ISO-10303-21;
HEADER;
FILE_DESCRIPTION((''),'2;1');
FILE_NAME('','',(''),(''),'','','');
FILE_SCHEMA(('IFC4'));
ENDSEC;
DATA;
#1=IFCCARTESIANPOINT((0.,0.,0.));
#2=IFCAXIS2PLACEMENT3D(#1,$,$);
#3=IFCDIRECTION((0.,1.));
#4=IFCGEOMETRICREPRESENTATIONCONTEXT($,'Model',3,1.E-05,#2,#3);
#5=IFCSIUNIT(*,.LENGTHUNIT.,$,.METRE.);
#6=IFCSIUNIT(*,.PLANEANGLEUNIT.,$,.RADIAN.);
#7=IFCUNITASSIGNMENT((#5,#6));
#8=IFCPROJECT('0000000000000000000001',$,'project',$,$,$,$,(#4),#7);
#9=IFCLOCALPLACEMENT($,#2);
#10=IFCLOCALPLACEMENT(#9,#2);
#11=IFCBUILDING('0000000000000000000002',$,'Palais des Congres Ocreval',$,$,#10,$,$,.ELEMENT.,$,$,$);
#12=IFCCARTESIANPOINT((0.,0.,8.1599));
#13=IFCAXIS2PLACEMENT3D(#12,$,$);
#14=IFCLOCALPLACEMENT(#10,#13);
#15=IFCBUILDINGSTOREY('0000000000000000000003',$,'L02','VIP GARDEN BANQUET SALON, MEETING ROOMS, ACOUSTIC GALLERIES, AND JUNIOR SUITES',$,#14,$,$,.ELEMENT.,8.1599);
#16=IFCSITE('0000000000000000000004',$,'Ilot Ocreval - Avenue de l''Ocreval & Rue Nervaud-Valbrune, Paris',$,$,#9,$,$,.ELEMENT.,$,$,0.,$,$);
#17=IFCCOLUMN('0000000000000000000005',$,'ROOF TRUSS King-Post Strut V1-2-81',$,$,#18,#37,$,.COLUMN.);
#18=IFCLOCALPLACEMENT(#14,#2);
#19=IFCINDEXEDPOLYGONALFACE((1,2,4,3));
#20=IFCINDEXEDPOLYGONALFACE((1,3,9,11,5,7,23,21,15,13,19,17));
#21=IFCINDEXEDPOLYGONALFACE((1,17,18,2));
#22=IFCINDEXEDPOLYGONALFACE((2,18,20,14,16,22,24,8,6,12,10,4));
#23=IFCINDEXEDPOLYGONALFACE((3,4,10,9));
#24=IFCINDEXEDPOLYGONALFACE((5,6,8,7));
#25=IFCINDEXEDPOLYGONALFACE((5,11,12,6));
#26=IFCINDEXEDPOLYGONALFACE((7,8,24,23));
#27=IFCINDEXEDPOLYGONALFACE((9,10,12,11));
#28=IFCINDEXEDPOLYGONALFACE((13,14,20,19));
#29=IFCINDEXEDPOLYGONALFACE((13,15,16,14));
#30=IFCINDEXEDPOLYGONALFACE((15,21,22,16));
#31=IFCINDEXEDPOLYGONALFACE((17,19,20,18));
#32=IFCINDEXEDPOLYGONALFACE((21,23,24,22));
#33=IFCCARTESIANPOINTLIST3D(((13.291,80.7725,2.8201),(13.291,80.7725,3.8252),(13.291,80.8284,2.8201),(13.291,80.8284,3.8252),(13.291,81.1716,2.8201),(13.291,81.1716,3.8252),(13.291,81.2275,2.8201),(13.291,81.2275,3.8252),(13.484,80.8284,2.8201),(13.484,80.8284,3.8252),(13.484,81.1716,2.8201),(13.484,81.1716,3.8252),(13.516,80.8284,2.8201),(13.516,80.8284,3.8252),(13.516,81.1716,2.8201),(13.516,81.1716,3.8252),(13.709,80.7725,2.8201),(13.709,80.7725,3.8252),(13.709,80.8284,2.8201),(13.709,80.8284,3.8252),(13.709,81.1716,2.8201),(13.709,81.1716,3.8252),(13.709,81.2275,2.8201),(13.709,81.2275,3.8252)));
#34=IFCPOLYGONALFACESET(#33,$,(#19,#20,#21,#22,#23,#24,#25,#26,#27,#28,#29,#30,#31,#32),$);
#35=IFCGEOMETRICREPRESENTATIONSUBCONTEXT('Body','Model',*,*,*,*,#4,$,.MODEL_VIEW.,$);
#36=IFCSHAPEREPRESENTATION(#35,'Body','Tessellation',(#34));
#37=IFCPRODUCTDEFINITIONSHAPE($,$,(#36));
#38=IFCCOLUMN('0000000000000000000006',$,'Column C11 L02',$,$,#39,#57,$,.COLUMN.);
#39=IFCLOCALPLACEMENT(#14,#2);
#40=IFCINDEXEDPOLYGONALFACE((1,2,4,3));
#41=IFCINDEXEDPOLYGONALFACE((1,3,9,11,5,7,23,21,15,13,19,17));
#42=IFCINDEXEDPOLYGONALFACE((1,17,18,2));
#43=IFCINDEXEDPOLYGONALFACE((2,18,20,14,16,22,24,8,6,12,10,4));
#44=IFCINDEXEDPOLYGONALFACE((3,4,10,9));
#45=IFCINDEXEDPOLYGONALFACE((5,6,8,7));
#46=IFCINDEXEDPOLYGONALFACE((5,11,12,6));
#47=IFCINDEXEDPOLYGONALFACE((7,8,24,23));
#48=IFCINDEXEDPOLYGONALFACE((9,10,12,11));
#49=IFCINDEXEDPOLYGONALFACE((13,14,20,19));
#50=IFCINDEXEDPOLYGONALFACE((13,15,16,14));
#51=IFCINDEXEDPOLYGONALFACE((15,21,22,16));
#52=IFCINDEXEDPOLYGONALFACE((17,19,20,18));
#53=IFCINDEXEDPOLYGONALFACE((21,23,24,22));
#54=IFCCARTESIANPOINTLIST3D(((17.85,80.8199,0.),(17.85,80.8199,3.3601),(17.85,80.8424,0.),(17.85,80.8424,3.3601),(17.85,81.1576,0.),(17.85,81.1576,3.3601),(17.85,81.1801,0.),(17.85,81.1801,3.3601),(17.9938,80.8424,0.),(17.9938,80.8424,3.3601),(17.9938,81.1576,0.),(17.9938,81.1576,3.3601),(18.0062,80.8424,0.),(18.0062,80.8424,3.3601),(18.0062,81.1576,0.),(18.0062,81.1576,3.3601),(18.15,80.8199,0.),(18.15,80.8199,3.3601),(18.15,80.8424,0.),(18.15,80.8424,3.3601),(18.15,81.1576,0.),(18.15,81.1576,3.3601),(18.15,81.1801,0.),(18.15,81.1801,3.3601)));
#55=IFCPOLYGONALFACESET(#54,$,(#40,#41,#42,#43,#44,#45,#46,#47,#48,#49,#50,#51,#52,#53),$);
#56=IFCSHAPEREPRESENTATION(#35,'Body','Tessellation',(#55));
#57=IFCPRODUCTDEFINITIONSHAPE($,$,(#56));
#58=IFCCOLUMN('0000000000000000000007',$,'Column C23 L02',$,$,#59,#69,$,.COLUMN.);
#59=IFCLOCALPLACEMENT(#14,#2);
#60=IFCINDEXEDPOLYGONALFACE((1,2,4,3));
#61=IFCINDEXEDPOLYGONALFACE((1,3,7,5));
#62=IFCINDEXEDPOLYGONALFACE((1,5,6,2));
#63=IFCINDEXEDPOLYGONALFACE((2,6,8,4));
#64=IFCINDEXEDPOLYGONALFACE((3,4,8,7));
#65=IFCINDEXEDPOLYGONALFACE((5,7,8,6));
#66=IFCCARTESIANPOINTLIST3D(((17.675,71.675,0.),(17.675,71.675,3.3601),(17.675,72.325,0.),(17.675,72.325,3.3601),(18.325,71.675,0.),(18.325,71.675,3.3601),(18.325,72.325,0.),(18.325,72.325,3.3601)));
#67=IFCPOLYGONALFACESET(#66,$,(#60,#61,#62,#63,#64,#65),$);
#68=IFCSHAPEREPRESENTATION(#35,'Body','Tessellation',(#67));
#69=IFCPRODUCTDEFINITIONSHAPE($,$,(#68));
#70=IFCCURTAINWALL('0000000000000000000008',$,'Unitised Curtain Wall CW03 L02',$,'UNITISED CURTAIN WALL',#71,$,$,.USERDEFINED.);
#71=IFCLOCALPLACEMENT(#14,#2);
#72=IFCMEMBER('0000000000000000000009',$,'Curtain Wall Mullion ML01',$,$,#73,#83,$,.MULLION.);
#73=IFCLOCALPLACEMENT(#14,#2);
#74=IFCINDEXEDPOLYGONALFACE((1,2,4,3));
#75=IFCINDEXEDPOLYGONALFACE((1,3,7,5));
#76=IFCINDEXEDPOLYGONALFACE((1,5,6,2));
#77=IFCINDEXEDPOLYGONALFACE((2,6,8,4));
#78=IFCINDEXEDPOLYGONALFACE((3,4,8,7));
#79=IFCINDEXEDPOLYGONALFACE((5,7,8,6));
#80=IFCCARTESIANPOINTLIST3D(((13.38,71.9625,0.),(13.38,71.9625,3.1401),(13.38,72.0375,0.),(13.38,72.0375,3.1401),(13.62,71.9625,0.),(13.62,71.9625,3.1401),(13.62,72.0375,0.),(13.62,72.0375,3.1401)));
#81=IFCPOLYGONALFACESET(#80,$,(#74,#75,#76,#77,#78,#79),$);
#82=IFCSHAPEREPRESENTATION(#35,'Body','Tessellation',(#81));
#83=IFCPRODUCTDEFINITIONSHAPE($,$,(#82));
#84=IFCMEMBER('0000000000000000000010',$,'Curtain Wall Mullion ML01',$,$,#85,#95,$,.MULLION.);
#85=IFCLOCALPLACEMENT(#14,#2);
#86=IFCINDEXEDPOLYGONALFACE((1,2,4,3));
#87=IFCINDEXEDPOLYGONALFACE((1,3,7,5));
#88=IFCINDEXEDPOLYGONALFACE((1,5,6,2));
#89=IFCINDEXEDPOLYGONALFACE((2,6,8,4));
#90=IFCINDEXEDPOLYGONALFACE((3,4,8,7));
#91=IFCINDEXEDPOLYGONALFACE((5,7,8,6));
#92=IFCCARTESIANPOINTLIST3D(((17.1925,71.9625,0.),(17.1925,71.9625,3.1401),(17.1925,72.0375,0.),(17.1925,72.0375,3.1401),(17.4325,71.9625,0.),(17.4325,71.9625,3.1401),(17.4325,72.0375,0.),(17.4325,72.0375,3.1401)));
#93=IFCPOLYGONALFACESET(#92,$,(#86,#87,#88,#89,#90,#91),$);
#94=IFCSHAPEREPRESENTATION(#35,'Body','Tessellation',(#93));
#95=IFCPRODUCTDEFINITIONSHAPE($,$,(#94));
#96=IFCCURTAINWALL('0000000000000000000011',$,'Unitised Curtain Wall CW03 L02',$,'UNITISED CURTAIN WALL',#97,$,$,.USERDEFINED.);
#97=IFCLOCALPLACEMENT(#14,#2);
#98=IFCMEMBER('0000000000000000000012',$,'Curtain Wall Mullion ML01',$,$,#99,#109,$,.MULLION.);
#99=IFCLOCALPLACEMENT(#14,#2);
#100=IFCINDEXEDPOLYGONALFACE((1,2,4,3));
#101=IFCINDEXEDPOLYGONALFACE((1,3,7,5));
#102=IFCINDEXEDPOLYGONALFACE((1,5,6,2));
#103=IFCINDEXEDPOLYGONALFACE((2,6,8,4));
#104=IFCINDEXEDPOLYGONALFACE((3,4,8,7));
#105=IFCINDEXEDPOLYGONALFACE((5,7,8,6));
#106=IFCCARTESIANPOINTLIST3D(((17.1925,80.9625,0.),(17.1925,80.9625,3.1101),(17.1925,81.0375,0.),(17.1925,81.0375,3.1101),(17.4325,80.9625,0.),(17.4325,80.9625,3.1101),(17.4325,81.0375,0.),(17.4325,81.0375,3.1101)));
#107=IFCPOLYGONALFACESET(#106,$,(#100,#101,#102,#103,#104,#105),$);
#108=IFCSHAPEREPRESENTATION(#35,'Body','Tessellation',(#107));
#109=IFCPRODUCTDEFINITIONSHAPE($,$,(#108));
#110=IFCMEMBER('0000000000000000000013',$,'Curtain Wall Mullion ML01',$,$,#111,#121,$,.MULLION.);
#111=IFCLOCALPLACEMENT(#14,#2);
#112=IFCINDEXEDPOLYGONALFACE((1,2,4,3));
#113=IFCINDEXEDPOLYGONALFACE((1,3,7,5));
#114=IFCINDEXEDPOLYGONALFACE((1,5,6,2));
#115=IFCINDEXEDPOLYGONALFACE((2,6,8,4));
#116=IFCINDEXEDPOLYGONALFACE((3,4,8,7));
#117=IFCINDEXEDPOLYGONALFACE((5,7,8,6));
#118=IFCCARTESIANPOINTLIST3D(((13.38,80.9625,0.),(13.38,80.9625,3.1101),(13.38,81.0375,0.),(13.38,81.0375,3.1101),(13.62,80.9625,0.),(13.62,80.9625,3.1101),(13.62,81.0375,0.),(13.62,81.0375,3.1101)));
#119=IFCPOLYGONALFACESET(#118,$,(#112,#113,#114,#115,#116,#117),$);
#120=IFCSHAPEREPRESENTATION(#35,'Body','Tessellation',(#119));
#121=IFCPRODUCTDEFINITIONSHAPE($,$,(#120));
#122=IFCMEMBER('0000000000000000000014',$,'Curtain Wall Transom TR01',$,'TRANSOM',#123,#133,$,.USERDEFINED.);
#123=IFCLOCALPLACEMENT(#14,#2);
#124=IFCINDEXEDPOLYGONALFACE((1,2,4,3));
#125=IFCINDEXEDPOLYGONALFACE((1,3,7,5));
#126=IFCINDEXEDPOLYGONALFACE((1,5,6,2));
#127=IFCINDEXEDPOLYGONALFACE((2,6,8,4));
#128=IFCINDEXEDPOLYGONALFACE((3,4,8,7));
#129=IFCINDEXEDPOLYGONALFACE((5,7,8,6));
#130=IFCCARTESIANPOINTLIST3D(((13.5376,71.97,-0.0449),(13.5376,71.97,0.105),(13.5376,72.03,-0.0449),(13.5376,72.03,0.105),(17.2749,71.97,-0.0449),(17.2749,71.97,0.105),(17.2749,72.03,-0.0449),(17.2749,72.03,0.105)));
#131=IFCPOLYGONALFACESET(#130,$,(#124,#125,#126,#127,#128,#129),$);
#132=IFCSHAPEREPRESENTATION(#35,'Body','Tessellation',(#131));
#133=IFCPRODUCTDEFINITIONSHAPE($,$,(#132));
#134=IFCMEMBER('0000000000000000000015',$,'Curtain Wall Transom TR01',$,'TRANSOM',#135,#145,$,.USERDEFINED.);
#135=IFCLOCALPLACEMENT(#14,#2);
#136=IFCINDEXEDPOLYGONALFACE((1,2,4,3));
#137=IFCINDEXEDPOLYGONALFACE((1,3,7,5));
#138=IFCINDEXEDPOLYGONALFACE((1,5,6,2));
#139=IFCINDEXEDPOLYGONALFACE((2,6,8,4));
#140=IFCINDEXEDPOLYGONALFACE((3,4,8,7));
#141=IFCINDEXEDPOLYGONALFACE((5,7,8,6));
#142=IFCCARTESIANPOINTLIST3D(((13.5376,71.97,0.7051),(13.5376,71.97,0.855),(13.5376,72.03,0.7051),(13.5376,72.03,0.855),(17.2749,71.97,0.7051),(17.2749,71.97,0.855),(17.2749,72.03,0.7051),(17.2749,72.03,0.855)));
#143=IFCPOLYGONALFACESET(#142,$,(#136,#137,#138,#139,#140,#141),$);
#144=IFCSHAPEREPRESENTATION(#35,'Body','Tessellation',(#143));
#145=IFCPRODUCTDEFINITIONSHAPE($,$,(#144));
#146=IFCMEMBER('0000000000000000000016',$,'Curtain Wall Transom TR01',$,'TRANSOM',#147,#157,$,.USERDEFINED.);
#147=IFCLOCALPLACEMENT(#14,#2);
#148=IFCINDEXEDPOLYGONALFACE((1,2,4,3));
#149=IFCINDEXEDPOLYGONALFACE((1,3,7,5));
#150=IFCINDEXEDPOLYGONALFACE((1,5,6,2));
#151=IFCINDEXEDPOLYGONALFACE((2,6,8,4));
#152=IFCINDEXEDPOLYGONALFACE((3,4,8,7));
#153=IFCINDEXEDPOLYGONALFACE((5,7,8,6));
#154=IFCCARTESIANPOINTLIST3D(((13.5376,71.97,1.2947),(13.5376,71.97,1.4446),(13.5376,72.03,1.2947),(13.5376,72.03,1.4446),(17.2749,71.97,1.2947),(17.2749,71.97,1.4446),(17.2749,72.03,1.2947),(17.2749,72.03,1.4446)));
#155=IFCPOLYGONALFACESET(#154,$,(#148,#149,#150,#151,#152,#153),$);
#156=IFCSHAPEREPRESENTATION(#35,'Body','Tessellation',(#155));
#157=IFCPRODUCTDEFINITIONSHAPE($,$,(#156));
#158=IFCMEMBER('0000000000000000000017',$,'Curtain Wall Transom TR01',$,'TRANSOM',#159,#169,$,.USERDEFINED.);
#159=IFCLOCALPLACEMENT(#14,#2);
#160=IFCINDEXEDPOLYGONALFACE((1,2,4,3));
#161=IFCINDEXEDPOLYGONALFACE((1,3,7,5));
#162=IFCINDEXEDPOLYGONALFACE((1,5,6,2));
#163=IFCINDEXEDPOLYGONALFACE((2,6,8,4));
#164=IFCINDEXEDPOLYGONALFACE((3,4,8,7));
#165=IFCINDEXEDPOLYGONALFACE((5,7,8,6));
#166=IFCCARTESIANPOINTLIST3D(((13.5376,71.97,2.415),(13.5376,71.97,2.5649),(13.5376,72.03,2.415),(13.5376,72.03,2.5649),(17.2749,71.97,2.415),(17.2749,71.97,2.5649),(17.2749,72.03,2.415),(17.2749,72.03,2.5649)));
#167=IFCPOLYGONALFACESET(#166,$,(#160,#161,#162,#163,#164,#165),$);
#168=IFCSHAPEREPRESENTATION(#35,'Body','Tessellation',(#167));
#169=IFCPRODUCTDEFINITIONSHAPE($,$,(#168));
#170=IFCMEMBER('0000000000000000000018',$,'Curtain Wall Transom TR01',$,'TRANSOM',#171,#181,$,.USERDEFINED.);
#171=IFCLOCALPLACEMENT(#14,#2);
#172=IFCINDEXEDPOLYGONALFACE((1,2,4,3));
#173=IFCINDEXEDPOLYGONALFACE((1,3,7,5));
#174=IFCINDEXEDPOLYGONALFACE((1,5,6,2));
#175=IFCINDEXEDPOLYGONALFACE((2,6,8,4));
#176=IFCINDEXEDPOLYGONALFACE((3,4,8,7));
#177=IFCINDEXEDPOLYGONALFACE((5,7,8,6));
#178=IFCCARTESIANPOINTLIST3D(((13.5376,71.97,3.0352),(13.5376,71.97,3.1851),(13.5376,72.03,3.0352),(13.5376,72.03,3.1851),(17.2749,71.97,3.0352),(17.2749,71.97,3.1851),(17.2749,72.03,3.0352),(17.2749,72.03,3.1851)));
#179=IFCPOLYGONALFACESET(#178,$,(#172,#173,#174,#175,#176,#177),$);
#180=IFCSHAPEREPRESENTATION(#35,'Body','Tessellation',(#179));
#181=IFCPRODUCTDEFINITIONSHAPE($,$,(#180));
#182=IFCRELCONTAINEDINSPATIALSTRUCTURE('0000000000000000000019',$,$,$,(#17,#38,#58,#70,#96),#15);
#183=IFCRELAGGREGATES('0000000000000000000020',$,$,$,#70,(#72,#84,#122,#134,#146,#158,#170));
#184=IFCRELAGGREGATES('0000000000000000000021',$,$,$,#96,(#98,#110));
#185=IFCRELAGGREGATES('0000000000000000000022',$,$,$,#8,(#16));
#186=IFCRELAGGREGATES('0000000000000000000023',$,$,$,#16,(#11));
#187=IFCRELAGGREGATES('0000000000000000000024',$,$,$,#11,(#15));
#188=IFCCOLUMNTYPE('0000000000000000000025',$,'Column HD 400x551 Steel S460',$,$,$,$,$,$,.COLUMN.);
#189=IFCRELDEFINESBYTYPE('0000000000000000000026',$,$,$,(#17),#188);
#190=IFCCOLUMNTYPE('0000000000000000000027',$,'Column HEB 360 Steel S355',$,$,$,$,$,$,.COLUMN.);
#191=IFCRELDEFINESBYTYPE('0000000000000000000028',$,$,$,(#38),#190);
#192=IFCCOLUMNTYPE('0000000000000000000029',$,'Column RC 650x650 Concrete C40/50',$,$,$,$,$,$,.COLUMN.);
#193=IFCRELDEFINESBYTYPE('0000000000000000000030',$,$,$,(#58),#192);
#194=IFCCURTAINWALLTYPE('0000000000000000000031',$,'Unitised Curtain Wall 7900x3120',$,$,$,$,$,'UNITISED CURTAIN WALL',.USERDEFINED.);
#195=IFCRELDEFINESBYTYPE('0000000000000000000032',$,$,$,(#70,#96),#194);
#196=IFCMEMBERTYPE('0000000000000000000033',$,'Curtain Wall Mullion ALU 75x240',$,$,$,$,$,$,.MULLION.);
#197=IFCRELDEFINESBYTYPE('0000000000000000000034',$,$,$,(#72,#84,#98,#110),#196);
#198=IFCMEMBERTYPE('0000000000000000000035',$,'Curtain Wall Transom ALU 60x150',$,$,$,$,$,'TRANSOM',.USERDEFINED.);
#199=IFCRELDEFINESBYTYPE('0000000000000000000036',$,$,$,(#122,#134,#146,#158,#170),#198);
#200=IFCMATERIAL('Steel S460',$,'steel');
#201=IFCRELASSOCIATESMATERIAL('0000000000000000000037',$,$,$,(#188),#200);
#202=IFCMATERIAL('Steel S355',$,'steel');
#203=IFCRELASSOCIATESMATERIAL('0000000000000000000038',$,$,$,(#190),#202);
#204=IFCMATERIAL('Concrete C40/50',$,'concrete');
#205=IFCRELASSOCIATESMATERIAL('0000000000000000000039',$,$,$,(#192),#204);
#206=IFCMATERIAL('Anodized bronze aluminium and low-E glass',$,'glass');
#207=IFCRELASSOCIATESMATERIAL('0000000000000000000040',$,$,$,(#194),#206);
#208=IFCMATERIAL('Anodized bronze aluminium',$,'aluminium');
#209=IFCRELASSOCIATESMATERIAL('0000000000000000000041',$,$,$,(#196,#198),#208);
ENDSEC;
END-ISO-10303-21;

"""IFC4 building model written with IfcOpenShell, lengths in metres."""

from ifc_helpers import new_model, si_unit, direction, frame, origin, origin_2d, place, context, subcontext, project, spatial, rectangle, i_section, extrude, material, material_profile, profile_set, type_object, element, aggregate, save


model = new_model("IFC4")

# Units and contexts
model_context = context("Model", 3, precision=1e-05, world=origin(), true_north=direction((0.0, 1.0)))
body_context = subcontext(model_context, "Body", "Model", "MODEL_VIEW")
ifc_project = project(units=[si_unit("LENGTHUNIT", "METRE"), si_unit("PLANEANGLEUNIT", "RADIAN")], contexts=[model_context])

# Site, building, storey
site_placement = place(None, origin())
site = spatial("IfcSite", under=ifc_project, at=site_placement, Name="Ilot Ocreval - Avenue de l'Ocreval & Rue Nervaud-Valbrune, Paris", CompositionType="ELEMENT", RefElevation=0.0)
building_placement = place(site_placement, origin())
building = spatial("IfcBuilding", under=site, at=building_placement, Name="Palais des Congres Ocreval", CompositionType="ELEMENT")
storey_placement = place(building_placement, frame((0.0, 0.0, 8.1599)))
storey = spatial("IfcBuildingStorey", under=building, at=storey_placement, Name="L02", Description="VIP GARDEN BANQUET SALON, MEETING ROOMS, ACOUSTIC GALLERIES, AND JUNIOR SUITES", CompositionType="ELEMENT", Elevation=8.1599)

# Columns
ifc_material_1 = material(Name="Steel S460", Category="steel")
ifc_material_profile_1 = material_profile(ifc_material_1, i_section(OverallWidth=0.418, OverallDepth=0.4551, WebThickness=0.032, FlangeThickness=0.0559, at=origin_2d()), Name="HD 400x551")
ifc_profile_set_1 = profile_set([ifc_material_profile_1], Name="Steel S460")
column_type_1 = type_object("IfcColumnType", Name="Column HD 400x551 Steel S460", PredefinedType="COLUMN", material=ifc_profile_set_1)
column_1_placement = place(storey_placement, frame((13.5, 81.0, 2.8201), z_axis=(0.0, 0.0, 1.0), x_axis=(1.0, 0.0, 0.0)))
element("IfcColumn", 1, at=column_1_placement, inside=storey, type_object=column_type_1, Name="ROOF TRUSS King-Post Strut V1-2-81", PredefinedType="COLUMN", context=body_context, shape_type="SweptSolid", body=[
    extrude(i_section(OverallWidth=0.418, OverallDepth=0.4551, WebThickness=0.032, FlangeThickness=0.0559, at=origin_2d()), origin(), (0.0, 0.0, 1.0), 1.0051),
])
ifc_material_2 = material(Name="Steel S355", Category="steel")
ifc_material_profile_2 = material_profile(ifc_material_2, i_section(OverallWidth=0.3, OverallDepth=0.3601, WebThickness=0.0125, FlangeThickness=0.0225, at=origin_2d()), Name="HEB 360")
ifc_profile_set_2 = profile_set([ifc_material_profile_2], Name="Steel S355")
column_type_2 = type_object("IfcColumnType", Name="Column HEB 360 Steel S355", PredefinedType="COLUMN", material=ifc_profile_set_2)
column_2_placement = place(storey_placement, frame((18.0, 81.0, 0.0), z_axis=(0.0, 0.0, 1.0), x_axis=(1.0, 0.0, 0.0)))
element("IfcColumn", 2, at=column_2_placement, inside=storey, type_object=column_type_2, Name="Column C11 L02", PredefinedType="COLUMN", context=body_context, shape_type="SweptSolid", body=[
    extrude(i_section(OverallWidth=0.3, OverallDepth=0.3601, WebThickness=0.0125, FlangeThickness=0.0225, at=origin_2d()), origin(), (0.0, 0.0, 1.0), 3.3601),
])
ifc_material_3 = material(Name="Concrete C40/50", Category="concrete")
ifc_material_profile_3 = material_profile(ifc_material_3, rectangle(XDim=0.6499, YDim=0.6499, at=origin_2d()), Name="RC 650x650")
ifc_profile_set_3 = profile_set([ifc_material_profile_3], Name="Concrete C40/50")
column_type_3 = type_object("IfcColumnType", Name="Column RC 650x650 Concrete C40/50", PredefinedType="COLUMN", material=ifc_profile_set_3)
column_3_placement = place(storey_placement, frame((18.0, 72.0, 0.0), z_axis=(0.0, 0.0, 1.0), x_axis=(1.0, 0.0, 0.0)))
element("IfcColumn", 3, at=column_3_placement, inside=storey, type_object=column_type_3, Name="Column C23 L02", PredefinedType="COLUMN", context=body_context, shape_type="SweptSolid", body=[
    extrude(rectangle(XDim=0.6499, YDim=0.6499, at=origin_2d()), origin(), (0.0, 0.0, 1.0), 3.3601),
])

# Curtain walls, members
ifc_material_4 = material(Name="Anodized bronze aluminium and low-E glass", Category="glass")
curtain_wall_type = type_object("IfcCurtainWallType", Name="Unitised Curtain Wall 7900x3120", ElementType="UNITISED CURTAIN WALL", PredefinedType="USERDEFINED", material=ifc_material_4)
curtain_wall_1_placement = place(storey_placement, origin())
curtain_wall_1 = element("IfcCurtainWall", 4, at=curtain_wall_1_placement, inside=storey, type_object=curtain_wall_type, Name="Unitised Curtain Wall CW03 L02", ObjectType="UNITISED CURTAIN WALL", PredefinedType="USERDEFINED")
ifc_material_5 = material(Name="Anodized bronze aluminium", Category="aluminium")
ifc_material_profile_4 = material_profile(ifc_material_5, rectangle(XDim=0.075, YDim=0.24, at=origin_2d()), Name="ALU 75x240")
ifc_profile_set_4 = profile_set([ifc_material_profile_4], Name="Anodized bronze aluminium")
member_type_1 = type_object("IfcMemberType", Name="Curtain Wall Mullion ALU 75x240", PredefinedType="MULLION", material=ifc_profile_set_4)
member_1_placement = place(storey_placement, frame((13.5, 72.0, 0.0), z_axis=(0.0, 0.0, 1.0), x_axis=(0.0, 1.0, 0.0)))
member_1 = element("IfcMember", 5, at=member_1_placement, type_object=member_type_1, Name="Curtain Wall Mullion ML01", PredefinedType="MULLION", context=body_context, shape_type="SweptSolid", body=[
    extrude(rectangle(XDim=0.075, YDim=0.24, at=origin_2d()), origin(), (0.0, 0.0, 1.0), 3.1401),
])
member_2_placement = place(storey_placement, frame((17.3125, 72.0, 0.0), z_axis=(0.0, 0.0, 1.0), x_axis=(0.0, 1.0, 0.0)))
member_2 = element("IfcMember", 6, at=member_2_placement, type_object=member_type_1, Name="Curtain Wall Mullion ML01", PredefinedType="MULLION", context=body_context, shape_type="SweptSolid", body=[
    extrude(rectangle(XDim=0.075, YDim=0.24, at=origin_2d()), origin(), (0.0, 0.0, 1.0), 3.1401),
])
curtain_wall_2_placement = place(storey_placement, origin())
curtain_wall_2 = element("IfcCurtainWall", 7, at=curtain_wall_2_placement, inside=storey, type_object=curtain_wall_type, Name="Unitised Curtain Wall CW03 L02", ObjectType="UNITISED CURTAIN WALL", PredefinedType="USERDEFINED")
member_3_placement = place(storey_placement, frame((17.3125, 81.0, 0.0), z_axis=(0.0, 0.0, 1.0), x_axis=(0.0, -1.0, 0.0)))
member_3 = element("IfcMember", 8, at=member_3_placement, type_object=member_type_1, Name="Curtain Wall Mullion ML01", PredefinedType="MULLION", context=body_context, shape_type="SweptSolid", body=[
    extrude(rectangle(XDim=0.075, YDim=0.24, at=origin_2d()), origin(), (0.0, 0.0, 1.0), 3.1101),
])
member_4_placement = place(storey_placement, frame((13.5, 81.0, 0.0), z_axis=(0.0, 0.0, 1.0), x_axis=(0.0, -1.0, 0.0)))
member_4 = element("IfcMember", 9, at=member_4_placement, type_object=member_type_1, Name="Curtain Wall Mullion ML01", PredefinedType="MULLION", context=body_context, shape_type="SweptSolid", body=[
    extrude(rectangle(XDim=0.075, YDim=0.24, at=origin_2d()), origin(), (0.0, 0.0, 1.0), 3.1101),
])

# Members
ifc_material_profile_5 = material_profile(ifc_material_5, rectangle(XDim=0.0601, YDim=0.1499, at=origin_2d()), Name="ALU 60x150")
ifc_profile_set_5 = profile_set([ifc_material_profile_5], Name="Anodized bronze aluminium")
member_type_2 = type_object("IfcMemberType", Name="Curtain Wall Transom ALU 60x150", ElementType="TRANSOM", PredefinedType="USERDEFINED", material=ifc_profile_set_5)
member_5_placement = place(storey_placement, frame((13.5376, 72.0, 0.03), z_axis=(1.0, 0.0, 0.0), x_axis=(0.0, 1.0, 0.0)))
member_5 = element("IfcMember", 10, at=member_5_placement, type_object=member_type_2, Name="Curtain Wall Transom TR01", ObjectType="TRANSOM", PredefinedType="USERDEFINED", context=body_context, shape_type="SweptSolid", body=[
    extrude(rectangle(XDim=0.0601, YDim=0.1499, at=origin_2d()), origin(), (0.0, 0.0, 1.0), 3.7373),
])
member_6_placement = place(storey_placement, frame((13.5376, 72.0, 0.78), z_axis=(1.0, 0.0, 0.0), x_axis=(0.0, 1.0, 0.0)))
member_6 = element("IfcMember", 11, at=member_6_placement, type_object=member_type_2, Name="Curtain Wall Transom TR01", ObjectType="TRANSOM", PredefinedType="USERDEFINED", context=body_context, shape_type="SweptSolid", body=[
    extrude(rectangle(XDim=0.0601, YDim=0.1499, at=origin_2d()), origin(), (0.0, 0.0, 1.0), 3.7373),
])
member_7_placement = place(storey_placement, frame((13.5376, 72.0, 1.3696), z_axis=(1.0, 0.0, 0.0), x_axis=(0.0, 1.0, 0.0)))
member_7 = element("IfcMember", 12, at=member_7_placement, type_object=member_type_2, Name="Curtain Wall Transom TR01", ObjectType="TRANSOM", PredefinedType="USERDEFINED", context=body_context, shape_type="SweptSolid", body=[
    extrude(rectangle(XDim=0.0601, YDim=0.1499, at=origin_2d()), origin(), (0.0, 0.0, 1.0), 3.7373),
])
member_8_placement = place(storey_placement, frame((13.5376, 72.0, 2.49), z_axis=(1.0, 0.0, 0.0), x_axis=(0.0, 1.0, 0.0)))
member_8 = element("IfcMember", 13, at=member_8_placement, type_object=member_type_2, Name="Curtain Wall Transom TR01", ObjectType="TRANSOM", PredefinedType="USERDEFINED", context=body_context, shape_type="SweptSolid", body=[
    extrude(rectangle(XDim=0.0601, YDim=0.1499, at=origin_2d()), origin(), (0.0, 0.0, 1.0), 3.7373),
])
member_9_placement = place(storey_placement, frame((13.5376, 72.0, 3.1101), z_axis=(1.0, 0.0, 0.0), x_axis=(0.0, 1.0, 0.0)))
member_9 = element("IfcMember", 14, at=member_9_placement, type_object=member_type_2, Name="Curtain Wall Transom TR01", ObjectType="TRANSOM", PredefinedType="USERDEFINED", context=body_context, shape_type="SweptSolid", body=[
    extrude(rectangle(XDim=0.0601, YDim=0.1499, at=origin_2d()), origin(), (0.0, 0.0, 1.0), 3.7373),
])

aggregate(curtain_wall_1, [member_1, member_2, member_5, member_6, member_7, member_8, member_9])
aggregate(curtain_wall_2, [member_3, member_4])

save(model, "model.ifc")
